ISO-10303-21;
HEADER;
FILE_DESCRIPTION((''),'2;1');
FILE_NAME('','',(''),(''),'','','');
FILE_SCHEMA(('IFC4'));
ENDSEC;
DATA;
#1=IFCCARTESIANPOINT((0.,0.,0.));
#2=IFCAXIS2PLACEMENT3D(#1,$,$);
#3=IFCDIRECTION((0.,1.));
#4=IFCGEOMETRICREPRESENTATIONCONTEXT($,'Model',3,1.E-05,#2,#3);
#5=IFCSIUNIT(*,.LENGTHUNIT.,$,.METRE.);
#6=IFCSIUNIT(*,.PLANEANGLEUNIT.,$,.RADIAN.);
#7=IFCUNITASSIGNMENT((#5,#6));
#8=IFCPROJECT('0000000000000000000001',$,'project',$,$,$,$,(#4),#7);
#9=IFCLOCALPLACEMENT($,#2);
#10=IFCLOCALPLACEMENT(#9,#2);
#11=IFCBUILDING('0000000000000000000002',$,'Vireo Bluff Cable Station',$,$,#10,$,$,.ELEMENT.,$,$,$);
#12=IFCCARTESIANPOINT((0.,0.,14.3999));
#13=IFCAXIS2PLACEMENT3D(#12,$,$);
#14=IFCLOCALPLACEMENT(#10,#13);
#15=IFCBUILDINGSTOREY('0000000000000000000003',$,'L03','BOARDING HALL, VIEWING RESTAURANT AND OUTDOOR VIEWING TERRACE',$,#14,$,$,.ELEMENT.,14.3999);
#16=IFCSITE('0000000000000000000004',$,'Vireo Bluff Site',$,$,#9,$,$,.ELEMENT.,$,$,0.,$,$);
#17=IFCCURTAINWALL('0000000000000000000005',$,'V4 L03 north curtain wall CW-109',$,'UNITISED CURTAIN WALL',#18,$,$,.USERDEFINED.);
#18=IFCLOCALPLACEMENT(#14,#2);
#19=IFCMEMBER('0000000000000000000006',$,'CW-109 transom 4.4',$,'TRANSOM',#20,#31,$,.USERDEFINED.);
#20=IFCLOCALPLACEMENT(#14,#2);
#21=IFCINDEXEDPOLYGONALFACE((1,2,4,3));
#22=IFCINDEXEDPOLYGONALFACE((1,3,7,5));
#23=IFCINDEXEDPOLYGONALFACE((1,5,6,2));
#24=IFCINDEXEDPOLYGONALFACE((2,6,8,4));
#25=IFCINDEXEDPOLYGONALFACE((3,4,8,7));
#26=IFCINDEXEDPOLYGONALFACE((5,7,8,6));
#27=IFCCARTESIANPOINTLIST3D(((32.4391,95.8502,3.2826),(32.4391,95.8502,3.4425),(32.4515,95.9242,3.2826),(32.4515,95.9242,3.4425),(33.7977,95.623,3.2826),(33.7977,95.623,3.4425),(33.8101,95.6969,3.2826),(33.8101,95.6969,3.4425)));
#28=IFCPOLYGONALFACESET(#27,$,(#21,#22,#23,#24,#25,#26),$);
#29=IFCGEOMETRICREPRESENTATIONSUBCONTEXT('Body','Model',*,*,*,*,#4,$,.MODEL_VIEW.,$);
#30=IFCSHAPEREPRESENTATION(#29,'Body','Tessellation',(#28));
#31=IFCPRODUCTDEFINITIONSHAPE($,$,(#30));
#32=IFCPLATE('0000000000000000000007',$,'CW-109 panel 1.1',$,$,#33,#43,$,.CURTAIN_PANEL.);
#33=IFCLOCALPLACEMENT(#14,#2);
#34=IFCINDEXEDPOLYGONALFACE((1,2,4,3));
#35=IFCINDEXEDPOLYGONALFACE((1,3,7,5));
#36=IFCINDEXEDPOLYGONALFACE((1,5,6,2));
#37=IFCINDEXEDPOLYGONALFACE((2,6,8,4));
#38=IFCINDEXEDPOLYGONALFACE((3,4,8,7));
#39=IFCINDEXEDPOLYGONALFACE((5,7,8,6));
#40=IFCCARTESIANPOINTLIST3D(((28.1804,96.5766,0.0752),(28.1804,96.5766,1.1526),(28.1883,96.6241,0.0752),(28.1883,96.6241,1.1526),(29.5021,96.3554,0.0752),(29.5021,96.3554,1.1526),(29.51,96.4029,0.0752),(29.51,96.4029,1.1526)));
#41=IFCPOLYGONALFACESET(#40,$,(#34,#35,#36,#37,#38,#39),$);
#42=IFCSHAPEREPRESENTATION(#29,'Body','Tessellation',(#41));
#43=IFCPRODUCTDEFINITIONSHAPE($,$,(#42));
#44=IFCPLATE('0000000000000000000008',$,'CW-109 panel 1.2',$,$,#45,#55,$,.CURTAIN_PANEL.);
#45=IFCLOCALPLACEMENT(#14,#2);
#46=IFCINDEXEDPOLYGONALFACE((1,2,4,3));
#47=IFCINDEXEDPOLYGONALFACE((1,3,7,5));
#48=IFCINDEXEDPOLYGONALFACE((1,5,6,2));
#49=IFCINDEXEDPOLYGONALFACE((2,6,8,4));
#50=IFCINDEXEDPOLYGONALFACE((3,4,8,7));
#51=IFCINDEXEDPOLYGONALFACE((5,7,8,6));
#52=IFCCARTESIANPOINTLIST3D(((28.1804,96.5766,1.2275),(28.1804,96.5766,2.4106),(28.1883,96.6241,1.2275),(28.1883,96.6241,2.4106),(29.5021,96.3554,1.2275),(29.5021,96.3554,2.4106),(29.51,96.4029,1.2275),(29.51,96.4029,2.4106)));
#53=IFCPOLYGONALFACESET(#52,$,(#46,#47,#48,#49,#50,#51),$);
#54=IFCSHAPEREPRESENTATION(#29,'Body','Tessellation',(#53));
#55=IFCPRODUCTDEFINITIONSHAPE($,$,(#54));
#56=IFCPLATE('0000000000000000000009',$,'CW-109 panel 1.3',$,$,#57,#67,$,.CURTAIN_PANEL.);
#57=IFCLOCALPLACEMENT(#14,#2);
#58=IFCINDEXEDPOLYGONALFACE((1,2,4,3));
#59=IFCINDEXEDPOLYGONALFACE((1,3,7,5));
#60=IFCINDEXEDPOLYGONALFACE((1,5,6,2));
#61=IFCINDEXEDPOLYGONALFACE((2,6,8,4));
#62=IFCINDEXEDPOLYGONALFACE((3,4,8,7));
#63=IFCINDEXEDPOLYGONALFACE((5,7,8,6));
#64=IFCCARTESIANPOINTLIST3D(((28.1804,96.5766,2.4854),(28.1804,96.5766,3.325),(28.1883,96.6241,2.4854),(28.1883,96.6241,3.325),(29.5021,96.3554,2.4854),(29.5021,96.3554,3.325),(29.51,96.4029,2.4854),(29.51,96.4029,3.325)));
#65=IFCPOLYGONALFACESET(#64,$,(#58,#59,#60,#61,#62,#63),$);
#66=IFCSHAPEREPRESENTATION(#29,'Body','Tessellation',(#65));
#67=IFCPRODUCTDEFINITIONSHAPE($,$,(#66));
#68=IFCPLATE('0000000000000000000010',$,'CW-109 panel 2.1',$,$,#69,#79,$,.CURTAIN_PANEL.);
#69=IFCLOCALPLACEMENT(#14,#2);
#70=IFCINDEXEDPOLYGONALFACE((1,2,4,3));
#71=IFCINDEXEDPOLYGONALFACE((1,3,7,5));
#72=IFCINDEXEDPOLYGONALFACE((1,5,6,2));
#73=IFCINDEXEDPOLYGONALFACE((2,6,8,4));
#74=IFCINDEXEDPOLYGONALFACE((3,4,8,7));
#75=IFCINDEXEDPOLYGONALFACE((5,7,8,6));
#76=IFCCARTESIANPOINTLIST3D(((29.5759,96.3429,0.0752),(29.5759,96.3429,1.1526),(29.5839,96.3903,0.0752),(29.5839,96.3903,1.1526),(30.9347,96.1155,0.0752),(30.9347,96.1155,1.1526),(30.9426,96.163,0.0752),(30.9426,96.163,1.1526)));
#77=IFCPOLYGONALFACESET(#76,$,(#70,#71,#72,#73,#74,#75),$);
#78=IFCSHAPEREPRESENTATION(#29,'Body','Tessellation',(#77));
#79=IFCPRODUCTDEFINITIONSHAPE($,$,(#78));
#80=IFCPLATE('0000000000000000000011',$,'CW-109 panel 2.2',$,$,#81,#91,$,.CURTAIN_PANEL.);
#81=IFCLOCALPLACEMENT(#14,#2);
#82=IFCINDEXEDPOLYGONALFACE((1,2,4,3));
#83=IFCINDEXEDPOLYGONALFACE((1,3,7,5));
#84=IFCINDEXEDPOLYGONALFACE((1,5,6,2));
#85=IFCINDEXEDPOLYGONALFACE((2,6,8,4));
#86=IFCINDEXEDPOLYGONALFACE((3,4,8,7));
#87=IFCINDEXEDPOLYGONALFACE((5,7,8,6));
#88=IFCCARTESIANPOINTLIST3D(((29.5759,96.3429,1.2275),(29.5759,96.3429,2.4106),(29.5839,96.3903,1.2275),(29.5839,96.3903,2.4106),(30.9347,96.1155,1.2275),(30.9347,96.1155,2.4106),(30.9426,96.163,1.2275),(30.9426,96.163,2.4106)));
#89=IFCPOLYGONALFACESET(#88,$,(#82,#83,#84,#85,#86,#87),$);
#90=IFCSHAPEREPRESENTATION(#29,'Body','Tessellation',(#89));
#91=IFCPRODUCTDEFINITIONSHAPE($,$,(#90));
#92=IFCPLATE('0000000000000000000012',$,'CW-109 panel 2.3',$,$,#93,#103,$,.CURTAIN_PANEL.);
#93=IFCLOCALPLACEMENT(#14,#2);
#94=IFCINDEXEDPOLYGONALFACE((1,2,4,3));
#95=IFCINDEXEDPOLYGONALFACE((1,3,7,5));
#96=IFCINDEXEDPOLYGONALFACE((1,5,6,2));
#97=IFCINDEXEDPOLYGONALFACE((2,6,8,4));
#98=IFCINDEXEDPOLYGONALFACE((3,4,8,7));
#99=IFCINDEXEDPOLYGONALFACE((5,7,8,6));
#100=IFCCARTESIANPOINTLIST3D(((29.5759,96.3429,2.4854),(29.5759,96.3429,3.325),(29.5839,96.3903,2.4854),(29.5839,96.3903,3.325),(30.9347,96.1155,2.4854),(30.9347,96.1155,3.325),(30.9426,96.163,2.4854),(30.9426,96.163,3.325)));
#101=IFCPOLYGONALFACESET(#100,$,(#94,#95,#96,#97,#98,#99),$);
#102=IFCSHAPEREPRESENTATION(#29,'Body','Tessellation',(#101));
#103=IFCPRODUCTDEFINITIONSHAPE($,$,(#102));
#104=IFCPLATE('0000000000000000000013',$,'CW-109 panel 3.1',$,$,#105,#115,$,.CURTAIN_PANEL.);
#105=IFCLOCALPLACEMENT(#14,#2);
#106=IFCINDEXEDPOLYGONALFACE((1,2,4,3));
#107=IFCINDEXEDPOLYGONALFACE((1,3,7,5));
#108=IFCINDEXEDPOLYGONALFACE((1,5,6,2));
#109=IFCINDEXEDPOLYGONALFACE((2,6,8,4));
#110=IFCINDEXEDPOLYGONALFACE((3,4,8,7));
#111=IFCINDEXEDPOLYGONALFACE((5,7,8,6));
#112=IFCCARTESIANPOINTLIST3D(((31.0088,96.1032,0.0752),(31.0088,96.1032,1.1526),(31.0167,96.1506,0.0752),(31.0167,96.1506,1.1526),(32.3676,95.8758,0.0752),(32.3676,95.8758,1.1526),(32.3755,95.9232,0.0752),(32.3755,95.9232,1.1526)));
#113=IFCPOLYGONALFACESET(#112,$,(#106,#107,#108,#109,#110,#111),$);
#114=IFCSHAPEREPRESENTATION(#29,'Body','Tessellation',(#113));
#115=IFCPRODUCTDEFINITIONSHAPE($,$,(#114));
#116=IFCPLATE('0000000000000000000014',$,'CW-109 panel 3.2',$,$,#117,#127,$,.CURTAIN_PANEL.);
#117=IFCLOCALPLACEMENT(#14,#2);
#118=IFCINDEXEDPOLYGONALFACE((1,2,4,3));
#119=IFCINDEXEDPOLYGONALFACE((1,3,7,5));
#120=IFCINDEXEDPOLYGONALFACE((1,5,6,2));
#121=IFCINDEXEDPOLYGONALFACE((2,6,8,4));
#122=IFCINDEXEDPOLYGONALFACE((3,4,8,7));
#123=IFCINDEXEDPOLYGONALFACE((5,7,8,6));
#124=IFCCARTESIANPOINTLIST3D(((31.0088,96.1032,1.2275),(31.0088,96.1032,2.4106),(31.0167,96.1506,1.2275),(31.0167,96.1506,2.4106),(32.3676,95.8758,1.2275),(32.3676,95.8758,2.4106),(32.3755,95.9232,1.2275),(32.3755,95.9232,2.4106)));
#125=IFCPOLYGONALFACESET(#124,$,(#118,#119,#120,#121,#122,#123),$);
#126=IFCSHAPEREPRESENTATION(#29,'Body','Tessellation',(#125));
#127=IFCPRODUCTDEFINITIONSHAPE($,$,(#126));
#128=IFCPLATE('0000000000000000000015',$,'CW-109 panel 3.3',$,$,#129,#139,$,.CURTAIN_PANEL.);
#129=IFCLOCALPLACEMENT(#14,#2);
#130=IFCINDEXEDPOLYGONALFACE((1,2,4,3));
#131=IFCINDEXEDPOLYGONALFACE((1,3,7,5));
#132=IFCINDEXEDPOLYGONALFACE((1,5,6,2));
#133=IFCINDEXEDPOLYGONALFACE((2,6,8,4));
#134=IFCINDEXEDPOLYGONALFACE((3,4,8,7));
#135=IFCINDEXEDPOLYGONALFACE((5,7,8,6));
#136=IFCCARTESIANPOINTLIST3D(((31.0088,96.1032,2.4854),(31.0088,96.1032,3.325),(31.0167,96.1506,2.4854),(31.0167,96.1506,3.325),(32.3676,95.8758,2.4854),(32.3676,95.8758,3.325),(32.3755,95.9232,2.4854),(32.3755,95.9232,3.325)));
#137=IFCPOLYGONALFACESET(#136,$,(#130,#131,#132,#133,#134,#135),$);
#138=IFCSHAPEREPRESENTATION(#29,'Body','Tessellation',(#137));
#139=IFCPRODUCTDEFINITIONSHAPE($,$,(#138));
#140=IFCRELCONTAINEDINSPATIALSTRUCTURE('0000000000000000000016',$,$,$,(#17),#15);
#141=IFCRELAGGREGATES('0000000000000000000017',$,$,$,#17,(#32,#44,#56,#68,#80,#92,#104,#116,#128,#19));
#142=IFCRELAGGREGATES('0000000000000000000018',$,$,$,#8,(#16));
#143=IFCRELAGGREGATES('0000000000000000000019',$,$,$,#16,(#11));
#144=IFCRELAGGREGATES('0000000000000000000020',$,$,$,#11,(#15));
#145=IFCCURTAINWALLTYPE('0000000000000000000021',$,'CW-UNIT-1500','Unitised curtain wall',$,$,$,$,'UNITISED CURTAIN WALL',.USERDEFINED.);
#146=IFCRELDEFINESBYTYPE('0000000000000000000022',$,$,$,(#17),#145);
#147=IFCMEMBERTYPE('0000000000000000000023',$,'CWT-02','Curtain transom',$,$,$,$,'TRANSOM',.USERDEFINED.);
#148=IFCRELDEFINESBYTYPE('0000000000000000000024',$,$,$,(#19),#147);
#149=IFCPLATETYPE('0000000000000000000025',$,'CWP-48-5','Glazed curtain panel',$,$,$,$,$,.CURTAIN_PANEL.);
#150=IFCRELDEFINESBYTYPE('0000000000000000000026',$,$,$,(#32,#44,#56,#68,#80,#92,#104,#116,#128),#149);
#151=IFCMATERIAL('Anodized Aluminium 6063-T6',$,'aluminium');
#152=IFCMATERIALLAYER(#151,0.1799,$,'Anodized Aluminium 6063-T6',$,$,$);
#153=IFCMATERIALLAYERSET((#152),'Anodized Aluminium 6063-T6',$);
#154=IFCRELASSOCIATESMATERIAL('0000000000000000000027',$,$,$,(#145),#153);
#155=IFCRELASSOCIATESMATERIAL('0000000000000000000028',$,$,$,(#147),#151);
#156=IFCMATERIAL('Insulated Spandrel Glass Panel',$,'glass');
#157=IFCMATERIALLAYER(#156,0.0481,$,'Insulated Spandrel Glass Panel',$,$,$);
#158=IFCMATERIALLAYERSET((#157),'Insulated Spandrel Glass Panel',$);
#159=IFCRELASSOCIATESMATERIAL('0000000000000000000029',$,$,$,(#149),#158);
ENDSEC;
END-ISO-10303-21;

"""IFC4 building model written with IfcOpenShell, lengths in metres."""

from ifc_helpers import new_model, si_unit, direction, frame, origin, origin_2d, place, context, subcontext, project, spatial, rectangle, extrude, material, layer, layer_set, material_profile, profile_set, type_object, element, aggregate, save


model = new_model("IFC4")

# Units and contexts
model_context = context("Model", 3, precision=1e-05, world=origin(), true_north=direction((0.0, 1.0)))
body_context = subcontext(model_context, "Body", "Model", "MODEL_VIEW")
ifc_project = project(units=[si_unit("LENGTHUNIT", "METRE"), si_unit("PLANEANGLEUNIT", "RADIAN")], contexts=[model_context])

# Site, building, storey
site_placement = place(None, origin())
site = spatial("IfcSite", under=ifc_project, at=site_placement, Name="Vireo Bluff Site", CompositionType="ELEMENT", RefElevation=0.0)
building_placement = place(site_placement, origin())
building = spatial("IfcBuilding", under=site, at=building_placement, Name="Vireo Bluff Cable Station", CompositionType="ELEMENT")
storey_placement = place(building_placement, frame((0.0, 0.0, 14.3999)))
storey = spatial("IfcBuildingStorey", under=building, at=storey_placement, Name="L03", Description="BOARDING HALL, VIEWING RESTAURANT AND OUTDOOR VIEWING TERRACE", CompositionType="ELEMENT", Elevation=14.3999)

# Curtain wall, member, plates
ifc_material_1 = material(Name="Anodized Aluminium 6063-T6", Category="aluminium")
ifc_layer_1 = layer(ifc_material_1, 0.1799, Name="Anodized Aluminium 6063-T6")
ifc_layer_set_1 = layer_set([ifc_layer_1], Name="Anodized Aluminium 6063-T6")
curtain_wall_type = type_object("IfcCurtainWallType", Name="CW-UNIT-1500", Description="Unitised curtain wall", ElementType="UNITISED CURTAIN WALL", PredefinedType="USERDEFINED", material=ifc_layer_set_1)
curtain_wall_placement = place(storey_placement, origin())
curtain_wall = element("IfcCurtainWall", 1, at=curtain_wall_placement, inside=storey, type_object=curtain_wall_type, Name="V4 L03 north curtain wall CW-109", ObjectType="UNITISED CURTAIN WALL", PredefinedType="USERDEFINED")
ifc_material_profile_1 = material_profile(ifc_material_1, rectangle(XDim=0.075, YDim=0.1599, at=origin_2d()), Name="ALU-T-75X160")
ifc_profile_set_1 = profile_set([ifc_material_profile_1], Name="Anodized Aluminium 6063-T6")
member_type_1 = type_object("IfcMemberType", Name="CWT-02", Description="Curtain transom", ElementType="TRANSOM", PredefinedType="USERDEFINED", material=ifc_profile_set_1)
member_1_placement = place(storey_placement, frame((32.4453, 95.8872, 3.3625), z_axis=(0.986293, -0.165003, 0.0), x_axis=(0.165003, 0.986293, 0.0)))
member_1 = element("IfcMember", 2, at=member_1_placement, type_object=member_type_1, Name="CW-109 transom 4.4", ObjectType="TRANSOM", PredefinedType="USERDEFINED", context=body_context, shape_type="SweptSolid", body=[
    extrude(rectangle(XDim=0.075, YDim=0.1599, at=origin_2d()), origin(), (0.0, 0.0, 1.0), 1.3774),
])
ifc_material_2 = material(Name="Insulated Spandrel Glass Panel", Category="glass")
ifc_layer_2 = layer(ifc_material_2, 0.0481, Name="Insulated Spandrel Glass Panel")
ifc_layer_set_2 = layer_set([ifc_layer_2], Name="Insulated Spandrel Glass Panel")
plate_type = type_object("IfcPlateType", Name="CWP-48-5", Description="Glazed curtain panel", PredefinedType="CURTAIN_PANEL", material=ifc_layer_set_2)
plate_1_placement = place(storey_placement, frame((28.8452, 96.4897, 0.0752), z_axis=(0.0, 0.0, 1.0), x_axis=(0.986286, -0.165048, 0.0)))
plate_1 = element("IfcPlate", 3, at=plate_1_placement, type_object=plate_type, Name="CW-109 panel 1.1", PredefinedType="CURTAIN_PANEL", context=body_context, shape_type="SweptSolid", body=[
    extrude(rectangle(XDim=1.3401, YDim=0.0481, at=origin_2d()), origin(), (0.0, 0.0, 1.0), 1.0774),
])
plate_2_placement = place(storey_placement, frame((28.8452, 96.4897, 1.2275), z_axis=(0.0, 0.0, 1.0), x_axis=(0.986286, -0.165048, 0.0)))
plate_2 = element("IfcPlate", 4, at=plate_2_placement, type_object=plate_type, Name="CW-109 panel 1.2", PredefinedType="CURTAIN_PANEL", context=body_context, shape_type="SweptSolid", body=[
    extrude(rectangle(XDim=1.3401, YDim=0.0481, at=origin_2d()), origin(), (0.0, 0.0, 1.0), 1.1831),
])
plate_3_placement = place(storey_placement, frame((28.8452, 96.4897, 2.4854), z_axis=(0.0, 0.0, 1.0), x_axis=(0.986286, -0.165048, 0.0)))
plate_3 = element("IfcPlate", 5, at=plate_3_placement, type_object=plate_type, Name="CW-109 panel 1.3", PredefinedType="CURTAIN_PANEL", context=body_context, shape_type="SweptSolid", body=[
    extrude(rectangle(XDim=1.3401, YDim=0.0481, at=origin_2d()), origin(), (0.0, 0.0, 1.0), 0.8396),
])
plate_4_placement = place(storey_placement, frame((30.2593, 96.2529, 0.0752), z_axis=(0.0, 0.0, 1.0), x_axis=(0.986286, -0.165048, 0.0)))
plate_4 = element("IfcPlate", 6, at=plate_4_placement, type_object=plate_type, Name="CW-109 panel 2.1", PredefinedType="CURTAIN_PANEL", context=body_context, shape_type="SweptSolid", body=[
    extrude(rectangle(XDim=1.3777, YDim=0.0481, at=origin_2d()), origin(), (0.0, 0.0, 1.0), 1.0774),
])
plate_5_placement = place(storey_placement, frame((30.2593, 96.2529, 1.2275), z_axis=(0.0, 0.0, 1.0), x_axis=(0.986286, -0.165048, 0.0)))
plate_5 = element("IfcPlate", 7, at=plate_5_placement, type_object=plate_type, Name="CW-109 panel 2.2", PredefinedType="CURTAIN_PANEL", context=body_context, shape_type="SweptSolid", body=[
    extrude(rectangle(XDim=1.3777, YDim=0.0481, at=origin_2d()), origin(), (0.0, 0.0, 1.0), 1.1831),
])
plate_6_placement = place(storey_placement, frame((30.2593, 96.2529, 2.4854), z_axis=(0.0, 0.0, 1.0), x_axis=(0.986286, -0.165048, 0.0)))
plate_6 = element("IfcPlate", 8, at=plate_6_placement, type_object=plate_type, Name="CW-109 panel 2.3", PredefinedType="CURTAIN_PANEL", context=body_context, shape_type="SweptSolid", body=[
    extrude(rectangle(XDim=1.3777, YDim=0.0481, at=origin_2d()), origin(), (0.0, 0.0, 1.0), 0.8396),
])
plate_7_placement = place(storey_placement, frame((31.6921, 96.0132, 0.0752), z_axis=(0.0, 0.0, 1.0), x_axis=(0.986286, -0.165048, 0.0)))
plate_7 = element("IfcPlate", 9, at=plate_7_placement, type_object=plate_type, Name="CW-109 panel 3.1", PredefinedType="CURTAIN_PANEL", context=body_context, shape_type="SweptSolid", body=[
    extrude(rectangle(XDim=1.3777, YDim=0.0481, at=origin_2d()), origin(), (0.0, 0.0, 1.0), 1.0774),
])
plate_8_placement = place(storey_placement, frame((31.6921, 96.0132, 1.2275), z_axis=(0.0, 0.0, 1.0), x_axis=(0.986286, -0.165048, 0.0)))
plate_8 = element("IfcPlate", 10, at=plate_8_placement, type_object=plate_type, Name="CW-109 panel 3.2", PredefinedType="CURTAIN_PANEL", context=body_context, shape_type="SweptSolid", body=[
    extrude(rectangle(XDim=1.3777, YDim=0.0481, at=origin_2d()), origin(), (0.0, 0.0, 1.0), 1.1831),
])
plate_9_placement = place(storey_placement, frame((31.6921, 96.0132, 2.4854), z_axis=(0.0, 0.0, 1.0), x_axis=(0.986286, -0.165048, 0.0)))
plate_9 = element("IfcPlate", 11, at=plate_9_placement, type_object=plate_type, Name="CW-109 panel 3.3", PredefinedType="CURTAIN_PANEL", context=body_context, shape_type="SweptSolid", body=[
    extrude(rectangle(XDim=1.3777, YDim=0.0481, at=origin_2d()), origin(), (0.0, 0.0, 1.0), 0.8396),
])
aggregate(curtain_wall, [plate_1, plate_2, plate_3, plate_4, plate_5, plate_6, plate_7, plate_8, plate_9, member_1])

save(model, "model.ifc")
